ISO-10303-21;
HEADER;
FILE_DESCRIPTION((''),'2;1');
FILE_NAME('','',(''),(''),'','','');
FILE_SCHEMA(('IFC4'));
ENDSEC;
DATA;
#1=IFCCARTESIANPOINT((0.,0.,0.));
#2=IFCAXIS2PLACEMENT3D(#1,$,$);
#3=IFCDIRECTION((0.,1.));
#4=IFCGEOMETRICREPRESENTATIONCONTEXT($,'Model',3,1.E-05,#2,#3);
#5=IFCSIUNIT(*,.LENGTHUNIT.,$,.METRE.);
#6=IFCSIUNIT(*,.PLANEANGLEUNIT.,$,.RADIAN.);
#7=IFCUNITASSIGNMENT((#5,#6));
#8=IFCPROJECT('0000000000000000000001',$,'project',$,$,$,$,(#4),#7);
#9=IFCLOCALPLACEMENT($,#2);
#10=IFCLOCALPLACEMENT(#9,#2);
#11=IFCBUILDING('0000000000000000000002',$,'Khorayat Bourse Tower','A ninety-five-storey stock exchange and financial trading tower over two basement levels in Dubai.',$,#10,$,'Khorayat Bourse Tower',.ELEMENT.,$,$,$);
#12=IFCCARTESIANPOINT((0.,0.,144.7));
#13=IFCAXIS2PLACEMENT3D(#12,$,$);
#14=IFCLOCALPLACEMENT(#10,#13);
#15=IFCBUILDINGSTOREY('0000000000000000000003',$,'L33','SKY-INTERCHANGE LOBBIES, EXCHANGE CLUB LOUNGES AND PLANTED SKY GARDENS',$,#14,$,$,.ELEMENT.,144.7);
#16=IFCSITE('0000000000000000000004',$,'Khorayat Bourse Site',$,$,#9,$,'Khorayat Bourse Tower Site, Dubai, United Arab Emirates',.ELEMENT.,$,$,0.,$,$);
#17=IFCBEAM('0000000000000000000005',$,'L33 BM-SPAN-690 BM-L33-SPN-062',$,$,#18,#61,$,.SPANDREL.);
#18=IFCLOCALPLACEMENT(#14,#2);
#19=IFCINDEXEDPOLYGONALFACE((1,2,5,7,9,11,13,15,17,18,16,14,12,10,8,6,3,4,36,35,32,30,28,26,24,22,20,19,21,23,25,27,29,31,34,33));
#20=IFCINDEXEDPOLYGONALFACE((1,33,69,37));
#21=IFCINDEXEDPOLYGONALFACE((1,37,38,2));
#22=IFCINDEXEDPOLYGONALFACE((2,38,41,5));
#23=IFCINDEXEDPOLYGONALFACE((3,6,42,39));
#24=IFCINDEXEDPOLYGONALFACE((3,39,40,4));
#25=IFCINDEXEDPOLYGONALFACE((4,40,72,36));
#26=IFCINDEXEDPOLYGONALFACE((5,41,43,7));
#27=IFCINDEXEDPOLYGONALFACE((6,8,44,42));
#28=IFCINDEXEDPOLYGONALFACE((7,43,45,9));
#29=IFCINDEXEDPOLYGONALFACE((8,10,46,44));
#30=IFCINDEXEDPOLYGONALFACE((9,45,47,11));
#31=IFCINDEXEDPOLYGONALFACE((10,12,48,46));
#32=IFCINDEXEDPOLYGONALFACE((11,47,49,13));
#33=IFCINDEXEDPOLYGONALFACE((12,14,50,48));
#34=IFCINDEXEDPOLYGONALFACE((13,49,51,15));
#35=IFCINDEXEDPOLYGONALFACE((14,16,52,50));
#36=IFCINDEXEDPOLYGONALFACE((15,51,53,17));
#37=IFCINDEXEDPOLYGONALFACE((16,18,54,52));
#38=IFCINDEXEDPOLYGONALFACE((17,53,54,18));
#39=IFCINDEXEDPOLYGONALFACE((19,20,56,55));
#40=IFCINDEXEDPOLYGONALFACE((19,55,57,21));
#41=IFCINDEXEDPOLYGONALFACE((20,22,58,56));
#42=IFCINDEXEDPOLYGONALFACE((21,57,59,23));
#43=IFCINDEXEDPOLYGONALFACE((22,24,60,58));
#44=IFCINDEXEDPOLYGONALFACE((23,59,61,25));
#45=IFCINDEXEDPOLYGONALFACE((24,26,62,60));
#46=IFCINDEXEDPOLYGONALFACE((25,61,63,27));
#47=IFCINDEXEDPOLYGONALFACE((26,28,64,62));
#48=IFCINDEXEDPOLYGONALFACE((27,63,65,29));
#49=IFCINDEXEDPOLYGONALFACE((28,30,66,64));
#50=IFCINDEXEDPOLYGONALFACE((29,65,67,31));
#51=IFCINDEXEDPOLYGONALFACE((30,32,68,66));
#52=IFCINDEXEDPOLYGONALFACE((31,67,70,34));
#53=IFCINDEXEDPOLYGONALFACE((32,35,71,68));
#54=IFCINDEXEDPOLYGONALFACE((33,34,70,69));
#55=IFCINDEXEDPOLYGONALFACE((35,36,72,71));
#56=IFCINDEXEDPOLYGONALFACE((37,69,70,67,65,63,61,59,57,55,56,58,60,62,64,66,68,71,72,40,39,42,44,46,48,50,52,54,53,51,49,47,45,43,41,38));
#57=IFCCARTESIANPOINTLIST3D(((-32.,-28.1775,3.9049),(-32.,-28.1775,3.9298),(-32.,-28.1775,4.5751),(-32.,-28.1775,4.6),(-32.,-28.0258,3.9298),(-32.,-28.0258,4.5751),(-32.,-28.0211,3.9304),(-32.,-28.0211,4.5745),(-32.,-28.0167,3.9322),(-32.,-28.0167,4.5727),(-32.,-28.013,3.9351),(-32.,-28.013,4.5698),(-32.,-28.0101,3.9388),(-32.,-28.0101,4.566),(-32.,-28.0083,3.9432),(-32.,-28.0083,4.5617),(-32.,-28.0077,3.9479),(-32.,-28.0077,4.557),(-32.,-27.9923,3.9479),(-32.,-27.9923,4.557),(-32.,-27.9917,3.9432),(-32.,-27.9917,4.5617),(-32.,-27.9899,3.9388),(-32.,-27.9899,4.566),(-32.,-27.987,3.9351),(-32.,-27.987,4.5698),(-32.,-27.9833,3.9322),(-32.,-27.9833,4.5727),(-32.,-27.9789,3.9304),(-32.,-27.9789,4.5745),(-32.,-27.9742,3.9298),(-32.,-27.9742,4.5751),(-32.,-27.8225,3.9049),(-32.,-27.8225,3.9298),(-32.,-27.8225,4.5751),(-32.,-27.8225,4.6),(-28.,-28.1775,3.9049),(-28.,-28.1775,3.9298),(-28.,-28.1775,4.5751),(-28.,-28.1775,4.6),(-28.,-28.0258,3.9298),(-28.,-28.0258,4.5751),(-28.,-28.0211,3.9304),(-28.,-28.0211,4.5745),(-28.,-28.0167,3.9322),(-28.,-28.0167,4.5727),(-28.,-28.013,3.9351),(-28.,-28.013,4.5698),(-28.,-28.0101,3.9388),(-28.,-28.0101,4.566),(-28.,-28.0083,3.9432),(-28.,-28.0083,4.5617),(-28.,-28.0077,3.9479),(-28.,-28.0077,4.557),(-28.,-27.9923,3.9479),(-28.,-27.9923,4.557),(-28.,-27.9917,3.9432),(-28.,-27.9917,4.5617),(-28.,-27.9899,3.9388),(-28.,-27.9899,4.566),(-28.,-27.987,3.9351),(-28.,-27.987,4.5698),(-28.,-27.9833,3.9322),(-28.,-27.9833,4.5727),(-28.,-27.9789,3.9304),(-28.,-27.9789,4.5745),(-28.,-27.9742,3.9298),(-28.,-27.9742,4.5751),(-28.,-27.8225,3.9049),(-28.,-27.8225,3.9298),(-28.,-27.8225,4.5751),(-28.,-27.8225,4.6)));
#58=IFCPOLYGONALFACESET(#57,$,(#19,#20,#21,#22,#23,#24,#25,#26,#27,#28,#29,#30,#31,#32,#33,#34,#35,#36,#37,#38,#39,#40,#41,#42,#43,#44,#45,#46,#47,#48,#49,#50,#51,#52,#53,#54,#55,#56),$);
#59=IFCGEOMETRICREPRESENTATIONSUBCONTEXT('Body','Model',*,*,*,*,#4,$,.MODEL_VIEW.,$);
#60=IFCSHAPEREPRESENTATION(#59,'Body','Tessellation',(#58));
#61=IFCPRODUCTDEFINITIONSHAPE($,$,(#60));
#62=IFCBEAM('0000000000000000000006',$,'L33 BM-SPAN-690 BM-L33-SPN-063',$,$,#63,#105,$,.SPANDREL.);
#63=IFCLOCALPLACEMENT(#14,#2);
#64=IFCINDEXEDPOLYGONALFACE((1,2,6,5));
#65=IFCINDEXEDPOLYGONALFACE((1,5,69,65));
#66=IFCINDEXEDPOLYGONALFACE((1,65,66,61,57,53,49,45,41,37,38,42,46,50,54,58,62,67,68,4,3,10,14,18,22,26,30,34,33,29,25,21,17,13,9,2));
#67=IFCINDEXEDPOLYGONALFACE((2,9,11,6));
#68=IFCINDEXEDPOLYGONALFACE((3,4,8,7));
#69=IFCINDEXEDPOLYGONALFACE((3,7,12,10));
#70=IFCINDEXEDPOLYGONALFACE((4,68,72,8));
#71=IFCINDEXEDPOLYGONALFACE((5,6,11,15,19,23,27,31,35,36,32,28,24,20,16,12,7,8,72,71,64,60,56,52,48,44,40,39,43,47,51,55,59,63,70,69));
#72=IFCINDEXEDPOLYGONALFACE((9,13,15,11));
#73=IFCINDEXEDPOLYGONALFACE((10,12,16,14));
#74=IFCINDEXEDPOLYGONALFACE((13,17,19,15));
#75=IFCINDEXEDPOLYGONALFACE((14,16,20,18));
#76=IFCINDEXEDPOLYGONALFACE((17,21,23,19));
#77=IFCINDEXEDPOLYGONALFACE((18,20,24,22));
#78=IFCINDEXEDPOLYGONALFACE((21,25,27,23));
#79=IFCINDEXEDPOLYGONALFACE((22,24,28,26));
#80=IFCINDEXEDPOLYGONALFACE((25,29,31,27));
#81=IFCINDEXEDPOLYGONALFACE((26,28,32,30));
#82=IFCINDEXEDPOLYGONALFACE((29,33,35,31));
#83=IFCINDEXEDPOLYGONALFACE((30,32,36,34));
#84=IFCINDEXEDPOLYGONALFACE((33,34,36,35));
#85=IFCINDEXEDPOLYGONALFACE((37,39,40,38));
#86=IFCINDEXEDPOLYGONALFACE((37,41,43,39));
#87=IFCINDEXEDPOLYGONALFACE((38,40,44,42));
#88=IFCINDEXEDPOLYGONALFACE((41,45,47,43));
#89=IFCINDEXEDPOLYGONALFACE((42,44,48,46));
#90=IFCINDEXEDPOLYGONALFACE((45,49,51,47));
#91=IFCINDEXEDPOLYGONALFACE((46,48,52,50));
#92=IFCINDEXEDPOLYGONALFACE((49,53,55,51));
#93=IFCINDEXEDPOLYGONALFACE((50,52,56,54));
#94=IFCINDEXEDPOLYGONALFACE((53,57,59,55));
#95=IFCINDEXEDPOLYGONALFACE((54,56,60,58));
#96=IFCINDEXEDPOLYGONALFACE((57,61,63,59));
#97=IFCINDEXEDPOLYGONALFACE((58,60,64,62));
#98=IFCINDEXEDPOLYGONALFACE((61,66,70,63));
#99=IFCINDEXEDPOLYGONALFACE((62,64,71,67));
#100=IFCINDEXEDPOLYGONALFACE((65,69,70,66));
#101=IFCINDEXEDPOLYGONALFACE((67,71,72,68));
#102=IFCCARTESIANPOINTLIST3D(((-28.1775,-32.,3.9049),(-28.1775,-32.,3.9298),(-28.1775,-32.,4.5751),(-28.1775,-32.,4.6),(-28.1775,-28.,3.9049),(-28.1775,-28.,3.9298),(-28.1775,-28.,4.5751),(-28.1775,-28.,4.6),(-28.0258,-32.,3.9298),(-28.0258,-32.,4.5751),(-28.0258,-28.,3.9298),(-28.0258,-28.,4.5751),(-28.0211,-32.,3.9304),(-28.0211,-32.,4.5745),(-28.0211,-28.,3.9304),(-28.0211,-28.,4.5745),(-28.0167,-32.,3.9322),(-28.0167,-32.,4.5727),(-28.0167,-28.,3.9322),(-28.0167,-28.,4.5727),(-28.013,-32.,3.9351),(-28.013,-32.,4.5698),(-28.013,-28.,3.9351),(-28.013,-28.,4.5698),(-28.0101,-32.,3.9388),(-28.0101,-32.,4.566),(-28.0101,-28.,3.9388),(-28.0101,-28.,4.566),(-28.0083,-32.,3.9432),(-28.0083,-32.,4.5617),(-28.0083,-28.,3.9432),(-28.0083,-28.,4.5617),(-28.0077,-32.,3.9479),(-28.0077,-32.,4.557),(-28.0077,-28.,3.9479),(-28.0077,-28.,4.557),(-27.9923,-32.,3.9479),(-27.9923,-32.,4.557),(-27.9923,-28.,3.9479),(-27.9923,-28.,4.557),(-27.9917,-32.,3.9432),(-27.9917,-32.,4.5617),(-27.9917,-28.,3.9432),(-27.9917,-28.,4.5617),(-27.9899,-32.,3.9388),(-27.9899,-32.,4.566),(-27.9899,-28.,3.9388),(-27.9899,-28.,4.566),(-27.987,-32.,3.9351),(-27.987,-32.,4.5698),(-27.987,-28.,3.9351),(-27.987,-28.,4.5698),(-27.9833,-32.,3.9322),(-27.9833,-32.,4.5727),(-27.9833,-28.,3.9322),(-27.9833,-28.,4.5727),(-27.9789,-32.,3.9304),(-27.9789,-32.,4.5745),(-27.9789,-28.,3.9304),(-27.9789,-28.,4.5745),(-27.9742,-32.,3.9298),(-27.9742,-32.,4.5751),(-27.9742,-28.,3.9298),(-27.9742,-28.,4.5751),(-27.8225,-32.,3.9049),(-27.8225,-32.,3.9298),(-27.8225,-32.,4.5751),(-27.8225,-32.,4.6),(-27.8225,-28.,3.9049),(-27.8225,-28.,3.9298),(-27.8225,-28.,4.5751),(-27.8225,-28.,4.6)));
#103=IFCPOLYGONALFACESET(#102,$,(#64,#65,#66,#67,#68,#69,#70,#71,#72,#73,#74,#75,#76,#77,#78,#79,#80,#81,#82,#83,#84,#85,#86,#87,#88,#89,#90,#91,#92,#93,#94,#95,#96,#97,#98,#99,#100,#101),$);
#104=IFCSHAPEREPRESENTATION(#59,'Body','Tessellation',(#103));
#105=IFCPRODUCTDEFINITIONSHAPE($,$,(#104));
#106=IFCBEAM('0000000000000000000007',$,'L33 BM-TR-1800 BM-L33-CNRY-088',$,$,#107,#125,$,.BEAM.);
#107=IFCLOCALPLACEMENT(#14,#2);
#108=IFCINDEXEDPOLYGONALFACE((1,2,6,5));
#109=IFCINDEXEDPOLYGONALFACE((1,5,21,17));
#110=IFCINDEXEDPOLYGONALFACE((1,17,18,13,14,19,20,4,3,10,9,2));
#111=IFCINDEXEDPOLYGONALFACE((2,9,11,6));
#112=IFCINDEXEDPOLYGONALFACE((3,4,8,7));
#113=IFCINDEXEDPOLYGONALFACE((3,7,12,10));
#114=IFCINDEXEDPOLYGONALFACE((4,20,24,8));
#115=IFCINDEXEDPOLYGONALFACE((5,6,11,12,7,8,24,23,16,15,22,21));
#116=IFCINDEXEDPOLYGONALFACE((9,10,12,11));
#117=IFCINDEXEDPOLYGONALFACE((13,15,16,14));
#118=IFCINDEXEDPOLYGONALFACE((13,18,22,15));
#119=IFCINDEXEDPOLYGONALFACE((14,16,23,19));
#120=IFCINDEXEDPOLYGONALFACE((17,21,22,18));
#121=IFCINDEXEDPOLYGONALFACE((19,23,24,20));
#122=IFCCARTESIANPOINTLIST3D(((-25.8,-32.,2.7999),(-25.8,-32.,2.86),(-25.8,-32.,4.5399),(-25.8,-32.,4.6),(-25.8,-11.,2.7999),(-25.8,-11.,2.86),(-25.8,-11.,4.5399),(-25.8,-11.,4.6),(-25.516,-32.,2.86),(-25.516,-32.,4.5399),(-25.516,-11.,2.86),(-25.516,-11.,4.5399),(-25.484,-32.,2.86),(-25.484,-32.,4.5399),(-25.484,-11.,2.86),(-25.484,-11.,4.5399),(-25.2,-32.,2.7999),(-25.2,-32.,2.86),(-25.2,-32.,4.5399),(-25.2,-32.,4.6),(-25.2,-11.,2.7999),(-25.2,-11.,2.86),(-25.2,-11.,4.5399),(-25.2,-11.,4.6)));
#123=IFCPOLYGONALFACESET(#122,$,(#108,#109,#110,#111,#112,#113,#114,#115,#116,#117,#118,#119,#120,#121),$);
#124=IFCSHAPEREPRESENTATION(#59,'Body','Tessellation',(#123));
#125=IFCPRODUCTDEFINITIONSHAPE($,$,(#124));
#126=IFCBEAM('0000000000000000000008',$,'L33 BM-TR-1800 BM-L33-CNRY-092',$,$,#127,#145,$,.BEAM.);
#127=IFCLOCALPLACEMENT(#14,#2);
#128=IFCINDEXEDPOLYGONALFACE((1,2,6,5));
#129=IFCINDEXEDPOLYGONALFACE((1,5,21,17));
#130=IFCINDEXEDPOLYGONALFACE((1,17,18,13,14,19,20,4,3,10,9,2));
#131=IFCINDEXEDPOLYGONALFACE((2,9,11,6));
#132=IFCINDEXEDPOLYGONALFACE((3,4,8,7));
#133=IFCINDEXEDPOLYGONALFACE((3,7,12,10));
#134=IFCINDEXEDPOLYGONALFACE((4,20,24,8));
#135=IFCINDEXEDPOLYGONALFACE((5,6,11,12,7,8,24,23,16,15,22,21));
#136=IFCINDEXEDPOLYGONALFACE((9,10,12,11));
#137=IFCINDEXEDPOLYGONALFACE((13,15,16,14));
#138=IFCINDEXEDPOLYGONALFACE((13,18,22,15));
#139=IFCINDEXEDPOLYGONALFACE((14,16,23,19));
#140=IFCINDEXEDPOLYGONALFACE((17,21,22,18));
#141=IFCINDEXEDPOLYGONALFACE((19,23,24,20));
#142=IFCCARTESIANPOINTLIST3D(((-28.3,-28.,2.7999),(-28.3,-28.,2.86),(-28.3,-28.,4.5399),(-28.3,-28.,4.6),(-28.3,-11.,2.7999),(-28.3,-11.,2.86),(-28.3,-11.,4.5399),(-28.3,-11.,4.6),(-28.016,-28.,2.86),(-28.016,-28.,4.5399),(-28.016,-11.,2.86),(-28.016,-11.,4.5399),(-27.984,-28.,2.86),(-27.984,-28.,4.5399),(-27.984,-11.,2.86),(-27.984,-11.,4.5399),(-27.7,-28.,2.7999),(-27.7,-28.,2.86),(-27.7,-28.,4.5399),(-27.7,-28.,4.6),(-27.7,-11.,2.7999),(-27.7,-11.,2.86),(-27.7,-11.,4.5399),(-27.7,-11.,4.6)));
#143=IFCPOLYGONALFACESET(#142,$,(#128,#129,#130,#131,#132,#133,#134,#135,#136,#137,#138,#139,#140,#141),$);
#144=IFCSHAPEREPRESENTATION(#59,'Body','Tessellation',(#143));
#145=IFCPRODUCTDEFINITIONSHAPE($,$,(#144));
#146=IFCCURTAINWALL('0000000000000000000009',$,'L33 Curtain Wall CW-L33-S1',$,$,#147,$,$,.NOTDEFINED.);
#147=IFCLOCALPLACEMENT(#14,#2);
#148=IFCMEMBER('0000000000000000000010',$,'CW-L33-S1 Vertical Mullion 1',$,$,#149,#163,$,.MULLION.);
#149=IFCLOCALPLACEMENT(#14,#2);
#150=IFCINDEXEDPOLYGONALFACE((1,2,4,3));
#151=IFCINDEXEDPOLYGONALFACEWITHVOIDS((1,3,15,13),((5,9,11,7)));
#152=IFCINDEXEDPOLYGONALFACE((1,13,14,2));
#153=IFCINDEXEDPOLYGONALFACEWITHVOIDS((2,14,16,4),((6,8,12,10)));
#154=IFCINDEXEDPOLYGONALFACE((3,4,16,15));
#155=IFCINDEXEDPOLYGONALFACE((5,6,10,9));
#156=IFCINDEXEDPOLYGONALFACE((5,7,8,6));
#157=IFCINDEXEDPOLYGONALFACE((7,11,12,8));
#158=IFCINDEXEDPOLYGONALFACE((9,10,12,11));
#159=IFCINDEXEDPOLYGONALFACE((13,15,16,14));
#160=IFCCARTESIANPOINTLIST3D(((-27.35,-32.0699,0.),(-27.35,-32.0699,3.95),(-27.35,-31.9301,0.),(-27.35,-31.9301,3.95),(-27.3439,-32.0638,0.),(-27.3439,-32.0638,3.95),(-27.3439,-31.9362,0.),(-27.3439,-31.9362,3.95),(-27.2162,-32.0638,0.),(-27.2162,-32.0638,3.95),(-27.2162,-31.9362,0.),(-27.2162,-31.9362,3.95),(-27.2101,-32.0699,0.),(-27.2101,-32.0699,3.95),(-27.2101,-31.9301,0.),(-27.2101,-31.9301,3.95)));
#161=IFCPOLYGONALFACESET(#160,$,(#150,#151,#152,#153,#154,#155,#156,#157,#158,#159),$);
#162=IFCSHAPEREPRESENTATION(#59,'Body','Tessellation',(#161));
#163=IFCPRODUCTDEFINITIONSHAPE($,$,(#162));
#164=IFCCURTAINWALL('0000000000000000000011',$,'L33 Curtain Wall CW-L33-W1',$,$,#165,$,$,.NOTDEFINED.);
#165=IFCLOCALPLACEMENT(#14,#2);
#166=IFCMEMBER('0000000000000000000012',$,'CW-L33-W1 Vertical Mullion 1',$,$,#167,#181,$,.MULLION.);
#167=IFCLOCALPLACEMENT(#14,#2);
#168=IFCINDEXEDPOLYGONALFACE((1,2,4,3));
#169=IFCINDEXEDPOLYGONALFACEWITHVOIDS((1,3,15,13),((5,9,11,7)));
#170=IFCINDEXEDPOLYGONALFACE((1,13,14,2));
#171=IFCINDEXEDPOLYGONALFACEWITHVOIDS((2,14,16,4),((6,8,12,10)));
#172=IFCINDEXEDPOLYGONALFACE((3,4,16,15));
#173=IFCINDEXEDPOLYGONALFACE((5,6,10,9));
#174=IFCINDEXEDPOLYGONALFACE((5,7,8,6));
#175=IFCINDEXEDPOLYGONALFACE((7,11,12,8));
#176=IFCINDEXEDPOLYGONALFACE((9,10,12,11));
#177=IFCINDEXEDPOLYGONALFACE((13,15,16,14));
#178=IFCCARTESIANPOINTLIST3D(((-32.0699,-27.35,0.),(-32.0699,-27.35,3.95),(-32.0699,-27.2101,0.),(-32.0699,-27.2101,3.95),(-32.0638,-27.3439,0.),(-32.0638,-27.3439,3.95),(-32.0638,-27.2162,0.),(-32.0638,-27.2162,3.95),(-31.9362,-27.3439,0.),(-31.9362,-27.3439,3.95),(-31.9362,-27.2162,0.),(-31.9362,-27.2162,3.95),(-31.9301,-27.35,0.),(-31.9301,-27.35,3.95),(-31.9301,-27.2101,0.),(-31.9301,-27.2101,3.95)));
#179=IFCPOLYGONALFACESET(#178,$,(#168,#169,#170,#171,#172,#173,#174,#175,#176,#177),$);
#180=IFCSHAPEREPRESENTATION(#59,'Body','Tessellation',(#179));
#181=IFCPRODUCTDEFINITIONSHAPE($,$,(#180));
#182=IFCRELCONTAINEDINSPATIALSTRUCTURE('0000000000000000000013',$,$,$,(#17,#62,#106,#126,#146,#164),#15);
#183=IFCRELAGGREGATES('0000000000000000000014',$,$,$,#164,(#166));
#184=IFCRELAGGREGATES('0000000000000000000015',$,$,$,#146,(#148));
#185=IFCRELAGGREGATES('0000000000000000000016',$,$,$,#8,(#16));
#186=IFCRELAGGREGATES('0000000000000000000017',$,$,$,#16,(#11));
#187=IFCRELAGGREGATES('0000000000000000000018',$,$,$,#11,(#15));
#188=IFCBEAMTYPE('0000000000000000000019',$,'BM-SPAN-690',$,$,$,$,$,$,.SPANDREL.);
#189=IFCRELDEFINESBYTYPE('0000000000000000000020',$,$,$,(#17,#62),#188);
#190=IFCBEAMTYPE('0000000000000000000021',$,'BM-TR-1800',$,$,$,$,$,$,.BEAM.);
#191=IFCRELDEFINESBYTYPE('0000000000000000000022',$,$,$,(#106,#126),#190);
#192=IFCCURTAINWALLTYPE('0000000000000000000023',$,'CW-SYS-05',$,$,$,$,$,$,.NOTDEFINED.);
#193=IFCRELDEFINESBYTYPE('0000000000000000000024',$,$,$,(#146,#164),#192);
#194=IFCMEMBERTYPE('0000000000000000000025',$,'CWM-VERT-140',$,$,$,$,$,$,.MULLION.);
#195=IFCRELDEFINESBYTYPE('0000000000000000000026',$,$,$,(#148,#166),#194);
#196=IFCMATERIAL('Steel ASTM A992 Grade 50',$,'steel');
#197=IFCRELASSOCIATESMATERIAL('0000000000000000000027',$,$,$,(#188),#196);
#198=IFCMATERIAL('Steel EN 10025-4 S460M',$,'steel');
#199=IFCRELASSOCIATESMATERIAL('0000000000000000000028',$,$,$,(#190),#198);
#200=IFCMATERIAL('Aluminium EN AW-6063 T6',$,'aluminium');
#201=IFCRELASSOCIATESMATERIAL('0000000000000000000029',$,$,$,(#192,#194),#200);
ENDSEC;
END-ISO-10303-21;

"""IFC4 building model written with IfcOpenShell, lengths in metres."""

from ifc_helpers import new_model, si_unit, direction, frame, origin, origin_2d, place, context, subcontext, project, spatial, hollow_rectangle, i_section, extrude, source, transform, mapped, material, material_profile, profile_set, type_object, element, aggregate, save


model = new_model("IFC4")

# Units and contexts
model_context = context("Model", 3, precision=1e-05, world=origin(), true_north=direction((0.0, 1.0)))
body_context = subcontext(model_context, "Body", "Model", "MODEL_VIEW")
ifc_project = project(units=[si_unit("LENGTHUNIT", "METRE"), si_unit("PLANEANGLEUNIT", "RADIAN")], contexts=[model_context])

# Site, building, storey
site_placement = place(None, origin())
site = spatial("IfcSite", under=ifc_project, at=site_placement, Name="Khorayat Bourse Site", LongName="Khorayat Bourse Tower Site, Dubai, United Arab Emirates", CompositionType="ELEMENT", RefElevation=0.0)
building_placement = place(site_placement, origin())
building = spatial("IfcBuilding", under=site, at=building_placement, Name="Khorayat Bourse Tower", Description="A ninety-five-storey stock exchange and financial trading tower over two basement levels in Dubai.", LongName="Khorayat Bourse Tower", CompositionType="ELEMENT")
storey_placement = place(building_placement, frame((0.0, 0.0, 144.7)))
storey = spatial("IfcBuildingStorey", under=building, at=storey_placement, Name="L33", Description="SKY-INTERCHANGE LOBBIES, EXCHANGE CLUB LOUNGES AND PLANTED SKY GARDENS", CompositionType="ELEMENT", Elevation=144.7)

# Shared definitions
ifc_material_1 = material(Name="Steel EN 10025-4 S460M", Category="steel")

# Beams
ifc_material_2 = material(Name="Steel ASTM A992 Grade 50", Category="steel")
ifc_material_profile_1 = material_profile(ifc_material_2, i_section(OverallWidth=0.355, OverallDepth=0.6951, WebThickness=0.0154, FlangeThickness=0.0249, FilletRadius=0.0181, at=origin_2d()), Name="W690X217")
ifc_profile_set_1 = profile_set([ifc_material_profile_1], Name="Steel ASTM A992 Grade 50")
beam_type_1 = type_object("IfcBeamType", Name="BM-SPAN-690", PredefinedType="SPANDREL", material=ifc_profile_set_1)
shared_shape_1 = source(origin(), body_context, "Body", "SweptSolid", [
    extrude(i_section(OverallWidth=0.355, OverallDepth=0.6951, WebThickness=0.0154, FlangeThickness=0.0249, FilletRadius=0.0181, at=origin_2d()), origin(), (0.0, 0.0, 1.0), 4.0),
])
for number, where, z_axis, x_axis, name in (
    (1, (-32.0, -28.0, 4.2524), (1.0, 0.0, 0.0), (0.0, 1.0, 0.0), "L33 BM-SPAN-690 BM-L33-SPN-062"),
    (2, (-28.0, -32.0, 4.2524), (0.0, 1.0, 0.0), (-1.0, 0.0, 0.0), "L33 BM-SPAN-690 BM-L33-SPN-063"),
):
    element("IfcBeam", number, at=place(storey_placement, frame(where, z_axis=z_axis, x_axis=x_axis)), inside=storey, type_object=beam_type_1, Name=name, PredefinedType="SPANDREL", context=body_context, shape_type="MappedRepresentation", body=[
        mapped(shared_shape_1, transform((0.0, 0.0, 0.0), scale=1.0)),
    ])
ifc_material_profile_2 = material_profile(ifc_material_1, i_section(OverallWidth=0.6001, OverallDepth=1.8, WebThickness=0.032, FlangeThickness=0.0601, at=origin_2d()), Name="PG 1800x600x32x60")
ifc_profile_set_2 = profile_set([ifc_material_profile_2], Name="Steel EN 10025-4 S460M")
beam_type_2 = type_object("IfcBeamType", Name="BM-TR-1800", PredefinedType="BEAM", material=ifc_profile_set_2)
shared_shape_2 = source(origin(), body_context, "Body", "SweptSolid", [
    extrude(i_section(OverallWidth=0.6001, OverallDepth=1.8, WebThickness=0.032, FlangeThickness=0.0601, at=origin_2d()), origin(), (0.0, 0.0, 1.0), 21.0),
])
beam_1_placement = place(storey_placement, frame((-25.5, -32.0, 3.7), z_axis=(0.0, 1.0, 0.0), x_axis=(-1.0, 0.0, 0.0)))
element("IfcBeam", 3, at=beam_1_placement, inside=storey, type_object=beam_type_2, Name="L33 BM-TR-1800 BM-L33-CNRY-088", PredefinedType="BEAM", context=body_context, shape_type="MappedRepresentation", body=[
    mapped(shared_shape_2, transform((0.0, 0.0, 0.0), scale=1.0)),
])
shared_shape_3 = source(origin(), body_context, "Body", "SweptSolid", [
    extrude(i_section(OverallWidth=0.6001, OverallDepth=1.8, WebThickness=0.032, FlangeThickness=0.0601, at=origin_2d()), origin(), (0.0, 0.0, 1.0), 17.0),
])
beam_2_placement = place(storey_placement, frame((-28.0, -28.0, 3.7), z_axis=(0.0, 1.0, 0.0), x_axis=(-1.0, 0.0, 0.0)))
element("IfcBeam", 4, at=beam_2_placement, inside=storey, type_object=beam_type_2, Name="L33 BM-TR-1800 BM-L33-CNRY-092", PredefinedType="BEAM", context=body_context, shape_type="MappedRepresentation", body=[
    mapped(shared_shape_3, transform((0.0, 0.0, 0.0), scale=1.0)),
])

# Curtain walls, members
ifc_material_3 = material(Name="Aluminium EN AW-6063 T6", Category="aluminium")
curtain_wall_type = type_object("IfcCurtainWallType", Name="CW-SYS-05", PredefinedType="NOTDEFINED", material=ifc_material_3)
curtain_wall_1_placement = place(storey_placement, origin())
curtain_wall_1 = element("IfcCurtainWall", 5, at=curtain_wall_1_placement, inside=storey, type_object=curtain_wall_type, Name="L33 Curtain Wall CW-L33-S1", PredefinedType="NOTDEFINED")
ifc_material_profile_3 = material_profile(ifc_material_3, hollow_rectangle(XDim=0.1399, YDim=0.1399, WallThickness=0.0061, at=origin_2d()), Name="ALU 140x140x6")
ifc_profile_set_3 = profile_set([ifc_material_profile_3], Name="Aluminium EN AW-6063 T6")
member_type_1 = type_object("IfcMemberType", Name="CWM-VERT-140", PredefinedType="MULLION", material=ifc_profile_set_3)
shared_shape_4 = source(origin(), body_context, "Body", "SweptSolid", [
    extrude(hollow_rectangle(XDim=0.1399, YDim=0.1399, WallThickness=0.0061, at=origin_2d()), origin(), (0.0, 0.0, 1.0), 3.95),
])
member_1_placement = place(storey_placement, frame((-27.28, -32.0, 0.0), z_axis=(0.0, 0.0, 1.0), x_axis=(0.0, 1.0, 0.0)))
member_1 = element("IfcMember", 6, at=member_1_placement, type_object=member_type_1, Name="CW-L33-S1 Vertical Mullion 1", PredefinedType="MULLION", context=body_context, shape_type="MappedRepresentation", body=[
    mapped(shared_shape_4, transform((0.0, 0.0, 0.0), scale=1.0)),
])
curtain_wall_2_placement = place(storey_placement, origin())
curtain_wall_2 = element("IfcCurtainWall", 7, at=curtain_wall_2_placement, inside=storey, type_object=curtain_wall_type, Name="L33 Curtain Wall CW-L33-W1", PredefinedType="NOTDEFINED")
member_2_placement = place(storey_placement, frame((-32.0, -27.28, 0.0), z_axis=(0.0, 0.0, 1.0), x_axis=(-1.0, 0.0, 0.0)))
member_2 = element("IfcMember", 8, at=member_2_placement, type_object=member_type_1, Name="CW-L33-W1 Vertical Mullion 1", PredefinedType="MULLION", context=body_context, shape_type="MappedRepresentation", body=[
    mapped(shared_shape_4, transform((0.0, 0.0, 0.0), scale=1.0)),
])

aggregate(curtain_wall_2, [member_2])

aggregate(curtain_wall_1, [member_1])

save(model, "model.ifc")
